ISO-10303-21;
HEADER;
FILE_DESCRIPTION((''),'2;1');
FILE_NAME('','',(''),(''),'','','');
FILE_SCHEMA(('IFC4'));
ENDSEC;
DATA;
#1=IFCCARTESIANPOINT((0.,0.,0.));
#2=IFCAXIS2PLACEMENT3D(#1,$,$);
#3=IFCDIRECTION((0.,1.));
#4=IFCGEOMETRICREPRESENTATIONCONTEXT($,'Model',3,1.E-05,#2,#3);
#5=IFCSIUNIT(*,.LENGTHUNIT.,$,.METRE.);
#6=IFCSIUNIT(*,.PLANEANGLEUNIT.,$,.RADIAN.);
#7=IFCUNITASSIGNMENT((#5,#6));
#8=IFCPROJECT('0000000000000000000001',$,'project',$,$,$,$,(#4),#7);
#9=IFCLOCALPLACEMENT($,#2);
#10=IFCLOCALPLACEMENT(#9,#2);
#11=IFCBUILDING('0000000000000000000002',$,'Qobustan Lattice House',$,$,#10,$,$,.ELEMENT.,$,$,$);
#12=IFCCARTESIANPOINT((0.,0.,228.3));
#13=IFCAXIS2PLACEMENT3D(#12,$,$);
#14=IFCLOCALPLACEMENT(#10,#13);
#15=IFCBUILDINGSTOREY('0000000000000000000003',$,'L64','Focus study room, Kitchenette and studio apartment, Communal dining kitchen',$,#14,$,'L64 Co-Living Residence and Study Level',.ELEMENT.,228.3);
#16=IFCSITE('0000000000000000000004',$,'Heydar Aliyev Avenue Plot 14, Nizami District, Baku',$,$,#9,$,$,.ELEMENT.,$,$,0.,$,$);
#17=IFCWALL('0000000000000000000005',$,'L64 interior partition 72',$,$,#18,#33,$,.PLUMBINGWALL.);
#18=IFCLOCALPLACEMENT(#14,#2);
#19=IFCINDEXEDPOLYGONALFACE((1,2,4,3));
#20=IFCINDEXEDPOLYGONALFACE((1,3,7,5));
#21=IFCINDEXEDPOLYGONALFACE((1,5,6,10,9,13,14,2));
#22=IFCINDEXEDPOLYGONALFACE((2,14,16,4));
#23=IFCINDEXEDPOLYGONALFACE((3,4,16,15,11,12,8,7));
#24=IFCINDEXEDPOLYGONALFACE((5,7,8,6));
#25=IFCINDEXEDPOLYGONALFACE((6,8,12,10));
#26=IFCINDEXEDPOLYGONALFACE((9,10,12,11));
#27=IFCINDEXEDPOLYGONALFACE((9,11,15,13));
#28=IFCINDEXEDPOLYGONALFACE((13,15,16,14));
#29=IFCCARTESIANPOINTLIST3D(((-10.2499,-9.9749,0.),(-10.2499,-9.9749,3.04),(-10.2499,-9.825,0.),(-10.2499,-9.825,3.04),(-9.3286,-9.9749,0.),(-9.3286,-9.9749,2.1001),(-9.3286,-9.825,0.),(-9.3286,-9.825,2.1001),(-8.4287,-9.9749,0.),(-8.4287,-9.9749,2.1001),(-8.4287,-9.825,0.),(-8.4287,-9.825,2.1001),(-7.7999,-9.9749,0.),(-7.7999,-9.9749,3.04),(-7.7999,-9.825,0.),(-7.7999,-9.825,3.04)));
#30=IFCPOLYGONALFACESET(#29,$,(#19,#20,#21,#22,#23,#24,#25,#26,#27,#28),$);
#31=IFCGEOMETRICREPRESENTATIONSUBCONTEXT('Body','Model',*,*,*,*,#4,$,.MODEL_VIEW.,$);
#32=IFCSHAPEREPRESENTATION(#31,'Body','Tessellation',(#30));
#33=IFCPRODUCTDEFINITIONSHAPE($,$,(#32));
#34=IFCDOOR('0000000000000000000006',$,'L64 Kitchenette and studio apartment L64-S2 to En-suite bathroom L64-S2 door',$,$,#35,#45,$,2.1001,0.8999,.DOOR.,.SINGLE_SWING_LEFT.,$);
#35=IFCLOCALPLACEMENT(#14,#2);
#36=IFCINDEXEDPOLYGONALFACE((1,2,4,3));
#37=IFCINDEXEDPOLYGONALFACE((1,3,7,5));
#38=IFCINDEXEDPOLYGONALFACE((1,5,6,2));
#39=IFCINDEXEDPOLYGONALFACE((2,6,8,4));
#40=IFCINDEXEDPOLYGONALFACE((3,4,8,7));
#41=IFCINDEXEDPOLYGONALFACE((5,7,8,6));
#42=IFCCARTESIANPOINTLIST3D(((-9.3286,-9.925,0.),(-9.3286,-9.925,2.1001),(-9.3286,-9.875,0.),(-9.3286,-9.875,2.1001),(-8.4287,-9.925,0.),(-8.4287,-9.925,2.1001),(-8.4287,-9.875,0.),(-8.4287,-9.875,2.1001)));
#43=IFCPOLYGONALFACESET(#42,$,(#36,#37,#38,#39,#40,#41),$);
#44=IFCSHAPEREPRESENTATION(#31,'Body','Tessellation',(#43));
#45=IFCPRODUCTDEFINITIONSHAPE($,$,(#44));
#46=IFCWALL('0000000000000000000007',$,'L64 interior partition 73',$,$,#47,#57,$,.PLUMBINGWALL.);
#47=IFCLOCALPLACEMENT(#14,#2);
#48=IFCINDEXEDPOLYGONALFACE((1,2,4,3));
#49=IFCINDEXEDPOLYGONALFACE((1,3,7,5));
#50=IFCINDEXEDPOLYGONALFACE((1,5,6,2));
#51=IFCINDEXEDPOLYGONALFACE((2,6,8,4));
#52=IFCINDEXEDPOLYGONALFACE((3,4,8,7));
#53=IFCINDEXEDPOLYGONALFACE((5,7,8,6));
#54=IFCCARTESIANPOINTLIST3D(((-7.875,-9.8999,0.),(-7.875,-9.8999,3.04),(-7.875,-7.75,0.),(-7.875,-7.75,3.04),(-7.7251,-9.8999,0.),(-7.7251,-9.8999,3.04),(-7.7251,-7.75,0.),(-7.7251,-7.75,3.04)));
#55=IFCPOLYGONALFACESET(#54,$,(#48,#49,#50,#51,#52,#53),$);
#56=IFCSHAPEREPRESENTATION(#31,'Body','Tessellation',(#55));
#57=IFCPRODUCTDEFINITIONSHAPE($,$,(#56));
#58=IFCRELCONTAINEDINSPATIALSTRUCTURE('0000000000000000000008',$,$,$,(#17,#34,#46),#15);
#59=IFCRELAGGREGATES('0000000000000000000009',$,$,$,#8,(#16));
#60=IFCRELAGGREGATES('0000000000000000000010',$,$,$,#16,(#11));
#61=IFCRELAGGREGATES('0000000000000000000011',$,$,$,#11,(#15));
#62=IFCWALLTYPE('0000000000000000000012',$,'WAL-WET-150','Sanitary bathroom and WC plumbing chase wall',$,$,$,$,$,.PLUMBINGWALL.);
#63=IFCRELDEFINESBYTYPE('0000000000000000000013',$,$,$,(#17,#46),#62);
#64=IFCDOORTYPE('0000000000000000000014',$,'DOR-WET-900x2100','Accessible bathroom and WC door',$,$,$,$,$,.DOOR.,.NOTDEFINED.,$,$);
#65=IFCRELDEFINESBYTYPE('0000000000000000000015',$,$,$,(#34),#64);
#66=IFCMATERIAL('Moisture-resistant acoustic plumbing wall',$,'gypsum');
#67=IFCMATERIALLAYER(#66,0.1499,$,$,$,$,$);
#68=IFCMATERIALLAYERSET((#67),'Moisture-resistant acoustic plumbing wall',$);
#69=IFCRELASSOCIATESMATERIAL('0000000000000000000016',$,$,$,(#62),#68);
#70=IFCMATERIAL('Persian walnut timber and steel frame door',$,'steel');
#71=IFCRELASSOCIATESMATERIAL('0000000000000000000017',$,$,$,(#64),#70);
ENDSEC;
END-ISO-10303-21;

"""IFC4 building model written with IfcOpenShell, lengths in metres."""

from ifc_helpers import new_model, si_unit, direction, frame, frame_2d, origin, place, context, subcontext, project, spatial, rectangle, extrude, material, layer, layer_set, type_object, element, fill, save


model = new_model("IFC4")

# Units and contexts
model_context = context("Model", 3, precision=1e-05, world=origin(), true_north=direction((0.0, 1.0)))
body_context = subcontext(model_context, "Body", "Model", "MODEL_VIEW")
ifc_project = project(units=[si_unit("LENGTHUNIT", "METRE"), si_unit("PLANEANGLEUNIT", "RADIAN")], contexts=[model_context])

# Site, building, storey
site_placement = place(None, origin())
site = spatial("IfcSite", under=ifc_project, at=site_placement, Name="Heydar Aliyev Avenue Plot 14, Nizami District, Baku", CompositionType="ELEMENT", RefElevation=0.0)
building_placement = place(site_placement, origin())
building = spatial("IfcBuilding", under=site, at=building_placement, Name="Qobustan Lattice House", CompositionType="ELEMENT")
storey_placement = place(building_placement, frame((0.0, 0.0, 228.3)))
storey = spatial("IfcBuildingStorey", under=building, at=storey_placement, Name="L64", Description="Focus study room, Kitchenette and studio apartment, Communal dining kitchen", LongName="L64 Co-Living Residence and Study Level", CompositionType="ELEMENT", Elevation=228.3)

# Wall, opening, door
ifc_material_1 = material(Name="Moisture-resistant acoustic plumbing wall", Category="gypsum")
ifc_layer_1 = layer(ifc_material_1, 0.1499)
ifc_layer_set_1 = layer_set([ifc_layer_1], Name="Moisture-resistant acoustic plumbing wall")
wall_type_1 = type_object("IfcWallType", Name="WAL-WET-150", Description="Sanitary bathroom and WC plumbing chase wall", PredefinedType="PLUMBINGWALL", material=ifc_layer_set_1)
wall_1_placement = place(storey_placement, frame((-10.25, -9.8999, 0.0), z_axis=(0.0, 0.0, 1.0), x_axis=(1.0, 0.0, 0.0)))
wall_1 = element("IfcWall", 1, at=wall_1_placement, inside=storey, type_object=wall_type_1, Name="L64 interior partition 72", PredefinedType="PLUMBINGWALL", context=body_context, shape_type="SweptSolid", body=[
    extrude(rectangle(XDim=2.45, YDim=0.1499, at=frame_2d((1.2251, 0.0))), origin(), (0.0, 0.0, 1.0), 3.04),
])
opening_1_placement = place(wall_1_placement, frame((0.9214, 0.0, 0.0)))
opening_1 = element("IfcOpeningElement", 2, at=opening_1_placement, cuts=wall_1, PredefinedType="OPENING", context=body_context, shape_type="SweptSolid", body=[
    extrude(rectangle(XDim=0.8999, YDim=2.1001, at=frame_2d((0.45, 1.05))), frame((0.0, 0.085, 0.0), z_axis=(0.0, -1.0, 0.0), x_axis=(1.0, 0.0, 0.0)), (0.0, 0.0, 1.0), 0.1699),
])
ifc_material_2 = material(Name="Persian walnut timber and steel frame door", Category="steel")
door_type_1 = type_object("IfcDoorType", Name="DOR-WET-900x2100", Description="Accessible bathroom and WC door", OperationType="NOTDEFINED", PredefinedType="DOOR", material=ifc_material_2)
door_1_placement = place(opening_1_placement, origin())
door_1 = element("IfcDoor", 3, at=door_1_placement, inside=storey, type_object=door_type_1, Name="L64 Kitchenette and studio apartment L64-S2 to En-suite bathroom L64-S2 door", OperationType="SINGLE_SWING_LEFT", OverallHeight=2.1001, OverallWidth=0.8999, PredefinedType="DOOR", context=body_context, shape_type="SweptSolid", body=[
    extrude(rectangle(XDim=0.8999, YDim=2.1001, at=frame_2d((0.45, 1.05))), frame((0.0, 0.0249, 0.0), z_axis=(0.0, -1.0, 0.0), x_axis=(1.0, 0.0, 0.0)), (0.0, 0.0, 1.0), 0.05),
])
fill(opening_1, door_1)

# Wall
wall_2_placement = place(storey_placement, frame((-7.8, -9.8999, 0.0), z_axis=(0.0, 0.0, 1.0), x_axis=(0.0, 1.0, 0.0)))
element("IfcWall", 4, at=wall_2_placement, inside=storey, type_object=wall_type_1, Name="L64 interior partition 73", PredefinedType="PLUMBINGWALL", context=body_context, shape_type="SweptSolid", body=[
    extrude(rectangle(XDim=2.1499, YDim=0.1499, at=frame_2d((1.075, 0.0))), origin(), (0.0, 0.0, 1.0), 3.04),
])

save(model, "model.ifc")
